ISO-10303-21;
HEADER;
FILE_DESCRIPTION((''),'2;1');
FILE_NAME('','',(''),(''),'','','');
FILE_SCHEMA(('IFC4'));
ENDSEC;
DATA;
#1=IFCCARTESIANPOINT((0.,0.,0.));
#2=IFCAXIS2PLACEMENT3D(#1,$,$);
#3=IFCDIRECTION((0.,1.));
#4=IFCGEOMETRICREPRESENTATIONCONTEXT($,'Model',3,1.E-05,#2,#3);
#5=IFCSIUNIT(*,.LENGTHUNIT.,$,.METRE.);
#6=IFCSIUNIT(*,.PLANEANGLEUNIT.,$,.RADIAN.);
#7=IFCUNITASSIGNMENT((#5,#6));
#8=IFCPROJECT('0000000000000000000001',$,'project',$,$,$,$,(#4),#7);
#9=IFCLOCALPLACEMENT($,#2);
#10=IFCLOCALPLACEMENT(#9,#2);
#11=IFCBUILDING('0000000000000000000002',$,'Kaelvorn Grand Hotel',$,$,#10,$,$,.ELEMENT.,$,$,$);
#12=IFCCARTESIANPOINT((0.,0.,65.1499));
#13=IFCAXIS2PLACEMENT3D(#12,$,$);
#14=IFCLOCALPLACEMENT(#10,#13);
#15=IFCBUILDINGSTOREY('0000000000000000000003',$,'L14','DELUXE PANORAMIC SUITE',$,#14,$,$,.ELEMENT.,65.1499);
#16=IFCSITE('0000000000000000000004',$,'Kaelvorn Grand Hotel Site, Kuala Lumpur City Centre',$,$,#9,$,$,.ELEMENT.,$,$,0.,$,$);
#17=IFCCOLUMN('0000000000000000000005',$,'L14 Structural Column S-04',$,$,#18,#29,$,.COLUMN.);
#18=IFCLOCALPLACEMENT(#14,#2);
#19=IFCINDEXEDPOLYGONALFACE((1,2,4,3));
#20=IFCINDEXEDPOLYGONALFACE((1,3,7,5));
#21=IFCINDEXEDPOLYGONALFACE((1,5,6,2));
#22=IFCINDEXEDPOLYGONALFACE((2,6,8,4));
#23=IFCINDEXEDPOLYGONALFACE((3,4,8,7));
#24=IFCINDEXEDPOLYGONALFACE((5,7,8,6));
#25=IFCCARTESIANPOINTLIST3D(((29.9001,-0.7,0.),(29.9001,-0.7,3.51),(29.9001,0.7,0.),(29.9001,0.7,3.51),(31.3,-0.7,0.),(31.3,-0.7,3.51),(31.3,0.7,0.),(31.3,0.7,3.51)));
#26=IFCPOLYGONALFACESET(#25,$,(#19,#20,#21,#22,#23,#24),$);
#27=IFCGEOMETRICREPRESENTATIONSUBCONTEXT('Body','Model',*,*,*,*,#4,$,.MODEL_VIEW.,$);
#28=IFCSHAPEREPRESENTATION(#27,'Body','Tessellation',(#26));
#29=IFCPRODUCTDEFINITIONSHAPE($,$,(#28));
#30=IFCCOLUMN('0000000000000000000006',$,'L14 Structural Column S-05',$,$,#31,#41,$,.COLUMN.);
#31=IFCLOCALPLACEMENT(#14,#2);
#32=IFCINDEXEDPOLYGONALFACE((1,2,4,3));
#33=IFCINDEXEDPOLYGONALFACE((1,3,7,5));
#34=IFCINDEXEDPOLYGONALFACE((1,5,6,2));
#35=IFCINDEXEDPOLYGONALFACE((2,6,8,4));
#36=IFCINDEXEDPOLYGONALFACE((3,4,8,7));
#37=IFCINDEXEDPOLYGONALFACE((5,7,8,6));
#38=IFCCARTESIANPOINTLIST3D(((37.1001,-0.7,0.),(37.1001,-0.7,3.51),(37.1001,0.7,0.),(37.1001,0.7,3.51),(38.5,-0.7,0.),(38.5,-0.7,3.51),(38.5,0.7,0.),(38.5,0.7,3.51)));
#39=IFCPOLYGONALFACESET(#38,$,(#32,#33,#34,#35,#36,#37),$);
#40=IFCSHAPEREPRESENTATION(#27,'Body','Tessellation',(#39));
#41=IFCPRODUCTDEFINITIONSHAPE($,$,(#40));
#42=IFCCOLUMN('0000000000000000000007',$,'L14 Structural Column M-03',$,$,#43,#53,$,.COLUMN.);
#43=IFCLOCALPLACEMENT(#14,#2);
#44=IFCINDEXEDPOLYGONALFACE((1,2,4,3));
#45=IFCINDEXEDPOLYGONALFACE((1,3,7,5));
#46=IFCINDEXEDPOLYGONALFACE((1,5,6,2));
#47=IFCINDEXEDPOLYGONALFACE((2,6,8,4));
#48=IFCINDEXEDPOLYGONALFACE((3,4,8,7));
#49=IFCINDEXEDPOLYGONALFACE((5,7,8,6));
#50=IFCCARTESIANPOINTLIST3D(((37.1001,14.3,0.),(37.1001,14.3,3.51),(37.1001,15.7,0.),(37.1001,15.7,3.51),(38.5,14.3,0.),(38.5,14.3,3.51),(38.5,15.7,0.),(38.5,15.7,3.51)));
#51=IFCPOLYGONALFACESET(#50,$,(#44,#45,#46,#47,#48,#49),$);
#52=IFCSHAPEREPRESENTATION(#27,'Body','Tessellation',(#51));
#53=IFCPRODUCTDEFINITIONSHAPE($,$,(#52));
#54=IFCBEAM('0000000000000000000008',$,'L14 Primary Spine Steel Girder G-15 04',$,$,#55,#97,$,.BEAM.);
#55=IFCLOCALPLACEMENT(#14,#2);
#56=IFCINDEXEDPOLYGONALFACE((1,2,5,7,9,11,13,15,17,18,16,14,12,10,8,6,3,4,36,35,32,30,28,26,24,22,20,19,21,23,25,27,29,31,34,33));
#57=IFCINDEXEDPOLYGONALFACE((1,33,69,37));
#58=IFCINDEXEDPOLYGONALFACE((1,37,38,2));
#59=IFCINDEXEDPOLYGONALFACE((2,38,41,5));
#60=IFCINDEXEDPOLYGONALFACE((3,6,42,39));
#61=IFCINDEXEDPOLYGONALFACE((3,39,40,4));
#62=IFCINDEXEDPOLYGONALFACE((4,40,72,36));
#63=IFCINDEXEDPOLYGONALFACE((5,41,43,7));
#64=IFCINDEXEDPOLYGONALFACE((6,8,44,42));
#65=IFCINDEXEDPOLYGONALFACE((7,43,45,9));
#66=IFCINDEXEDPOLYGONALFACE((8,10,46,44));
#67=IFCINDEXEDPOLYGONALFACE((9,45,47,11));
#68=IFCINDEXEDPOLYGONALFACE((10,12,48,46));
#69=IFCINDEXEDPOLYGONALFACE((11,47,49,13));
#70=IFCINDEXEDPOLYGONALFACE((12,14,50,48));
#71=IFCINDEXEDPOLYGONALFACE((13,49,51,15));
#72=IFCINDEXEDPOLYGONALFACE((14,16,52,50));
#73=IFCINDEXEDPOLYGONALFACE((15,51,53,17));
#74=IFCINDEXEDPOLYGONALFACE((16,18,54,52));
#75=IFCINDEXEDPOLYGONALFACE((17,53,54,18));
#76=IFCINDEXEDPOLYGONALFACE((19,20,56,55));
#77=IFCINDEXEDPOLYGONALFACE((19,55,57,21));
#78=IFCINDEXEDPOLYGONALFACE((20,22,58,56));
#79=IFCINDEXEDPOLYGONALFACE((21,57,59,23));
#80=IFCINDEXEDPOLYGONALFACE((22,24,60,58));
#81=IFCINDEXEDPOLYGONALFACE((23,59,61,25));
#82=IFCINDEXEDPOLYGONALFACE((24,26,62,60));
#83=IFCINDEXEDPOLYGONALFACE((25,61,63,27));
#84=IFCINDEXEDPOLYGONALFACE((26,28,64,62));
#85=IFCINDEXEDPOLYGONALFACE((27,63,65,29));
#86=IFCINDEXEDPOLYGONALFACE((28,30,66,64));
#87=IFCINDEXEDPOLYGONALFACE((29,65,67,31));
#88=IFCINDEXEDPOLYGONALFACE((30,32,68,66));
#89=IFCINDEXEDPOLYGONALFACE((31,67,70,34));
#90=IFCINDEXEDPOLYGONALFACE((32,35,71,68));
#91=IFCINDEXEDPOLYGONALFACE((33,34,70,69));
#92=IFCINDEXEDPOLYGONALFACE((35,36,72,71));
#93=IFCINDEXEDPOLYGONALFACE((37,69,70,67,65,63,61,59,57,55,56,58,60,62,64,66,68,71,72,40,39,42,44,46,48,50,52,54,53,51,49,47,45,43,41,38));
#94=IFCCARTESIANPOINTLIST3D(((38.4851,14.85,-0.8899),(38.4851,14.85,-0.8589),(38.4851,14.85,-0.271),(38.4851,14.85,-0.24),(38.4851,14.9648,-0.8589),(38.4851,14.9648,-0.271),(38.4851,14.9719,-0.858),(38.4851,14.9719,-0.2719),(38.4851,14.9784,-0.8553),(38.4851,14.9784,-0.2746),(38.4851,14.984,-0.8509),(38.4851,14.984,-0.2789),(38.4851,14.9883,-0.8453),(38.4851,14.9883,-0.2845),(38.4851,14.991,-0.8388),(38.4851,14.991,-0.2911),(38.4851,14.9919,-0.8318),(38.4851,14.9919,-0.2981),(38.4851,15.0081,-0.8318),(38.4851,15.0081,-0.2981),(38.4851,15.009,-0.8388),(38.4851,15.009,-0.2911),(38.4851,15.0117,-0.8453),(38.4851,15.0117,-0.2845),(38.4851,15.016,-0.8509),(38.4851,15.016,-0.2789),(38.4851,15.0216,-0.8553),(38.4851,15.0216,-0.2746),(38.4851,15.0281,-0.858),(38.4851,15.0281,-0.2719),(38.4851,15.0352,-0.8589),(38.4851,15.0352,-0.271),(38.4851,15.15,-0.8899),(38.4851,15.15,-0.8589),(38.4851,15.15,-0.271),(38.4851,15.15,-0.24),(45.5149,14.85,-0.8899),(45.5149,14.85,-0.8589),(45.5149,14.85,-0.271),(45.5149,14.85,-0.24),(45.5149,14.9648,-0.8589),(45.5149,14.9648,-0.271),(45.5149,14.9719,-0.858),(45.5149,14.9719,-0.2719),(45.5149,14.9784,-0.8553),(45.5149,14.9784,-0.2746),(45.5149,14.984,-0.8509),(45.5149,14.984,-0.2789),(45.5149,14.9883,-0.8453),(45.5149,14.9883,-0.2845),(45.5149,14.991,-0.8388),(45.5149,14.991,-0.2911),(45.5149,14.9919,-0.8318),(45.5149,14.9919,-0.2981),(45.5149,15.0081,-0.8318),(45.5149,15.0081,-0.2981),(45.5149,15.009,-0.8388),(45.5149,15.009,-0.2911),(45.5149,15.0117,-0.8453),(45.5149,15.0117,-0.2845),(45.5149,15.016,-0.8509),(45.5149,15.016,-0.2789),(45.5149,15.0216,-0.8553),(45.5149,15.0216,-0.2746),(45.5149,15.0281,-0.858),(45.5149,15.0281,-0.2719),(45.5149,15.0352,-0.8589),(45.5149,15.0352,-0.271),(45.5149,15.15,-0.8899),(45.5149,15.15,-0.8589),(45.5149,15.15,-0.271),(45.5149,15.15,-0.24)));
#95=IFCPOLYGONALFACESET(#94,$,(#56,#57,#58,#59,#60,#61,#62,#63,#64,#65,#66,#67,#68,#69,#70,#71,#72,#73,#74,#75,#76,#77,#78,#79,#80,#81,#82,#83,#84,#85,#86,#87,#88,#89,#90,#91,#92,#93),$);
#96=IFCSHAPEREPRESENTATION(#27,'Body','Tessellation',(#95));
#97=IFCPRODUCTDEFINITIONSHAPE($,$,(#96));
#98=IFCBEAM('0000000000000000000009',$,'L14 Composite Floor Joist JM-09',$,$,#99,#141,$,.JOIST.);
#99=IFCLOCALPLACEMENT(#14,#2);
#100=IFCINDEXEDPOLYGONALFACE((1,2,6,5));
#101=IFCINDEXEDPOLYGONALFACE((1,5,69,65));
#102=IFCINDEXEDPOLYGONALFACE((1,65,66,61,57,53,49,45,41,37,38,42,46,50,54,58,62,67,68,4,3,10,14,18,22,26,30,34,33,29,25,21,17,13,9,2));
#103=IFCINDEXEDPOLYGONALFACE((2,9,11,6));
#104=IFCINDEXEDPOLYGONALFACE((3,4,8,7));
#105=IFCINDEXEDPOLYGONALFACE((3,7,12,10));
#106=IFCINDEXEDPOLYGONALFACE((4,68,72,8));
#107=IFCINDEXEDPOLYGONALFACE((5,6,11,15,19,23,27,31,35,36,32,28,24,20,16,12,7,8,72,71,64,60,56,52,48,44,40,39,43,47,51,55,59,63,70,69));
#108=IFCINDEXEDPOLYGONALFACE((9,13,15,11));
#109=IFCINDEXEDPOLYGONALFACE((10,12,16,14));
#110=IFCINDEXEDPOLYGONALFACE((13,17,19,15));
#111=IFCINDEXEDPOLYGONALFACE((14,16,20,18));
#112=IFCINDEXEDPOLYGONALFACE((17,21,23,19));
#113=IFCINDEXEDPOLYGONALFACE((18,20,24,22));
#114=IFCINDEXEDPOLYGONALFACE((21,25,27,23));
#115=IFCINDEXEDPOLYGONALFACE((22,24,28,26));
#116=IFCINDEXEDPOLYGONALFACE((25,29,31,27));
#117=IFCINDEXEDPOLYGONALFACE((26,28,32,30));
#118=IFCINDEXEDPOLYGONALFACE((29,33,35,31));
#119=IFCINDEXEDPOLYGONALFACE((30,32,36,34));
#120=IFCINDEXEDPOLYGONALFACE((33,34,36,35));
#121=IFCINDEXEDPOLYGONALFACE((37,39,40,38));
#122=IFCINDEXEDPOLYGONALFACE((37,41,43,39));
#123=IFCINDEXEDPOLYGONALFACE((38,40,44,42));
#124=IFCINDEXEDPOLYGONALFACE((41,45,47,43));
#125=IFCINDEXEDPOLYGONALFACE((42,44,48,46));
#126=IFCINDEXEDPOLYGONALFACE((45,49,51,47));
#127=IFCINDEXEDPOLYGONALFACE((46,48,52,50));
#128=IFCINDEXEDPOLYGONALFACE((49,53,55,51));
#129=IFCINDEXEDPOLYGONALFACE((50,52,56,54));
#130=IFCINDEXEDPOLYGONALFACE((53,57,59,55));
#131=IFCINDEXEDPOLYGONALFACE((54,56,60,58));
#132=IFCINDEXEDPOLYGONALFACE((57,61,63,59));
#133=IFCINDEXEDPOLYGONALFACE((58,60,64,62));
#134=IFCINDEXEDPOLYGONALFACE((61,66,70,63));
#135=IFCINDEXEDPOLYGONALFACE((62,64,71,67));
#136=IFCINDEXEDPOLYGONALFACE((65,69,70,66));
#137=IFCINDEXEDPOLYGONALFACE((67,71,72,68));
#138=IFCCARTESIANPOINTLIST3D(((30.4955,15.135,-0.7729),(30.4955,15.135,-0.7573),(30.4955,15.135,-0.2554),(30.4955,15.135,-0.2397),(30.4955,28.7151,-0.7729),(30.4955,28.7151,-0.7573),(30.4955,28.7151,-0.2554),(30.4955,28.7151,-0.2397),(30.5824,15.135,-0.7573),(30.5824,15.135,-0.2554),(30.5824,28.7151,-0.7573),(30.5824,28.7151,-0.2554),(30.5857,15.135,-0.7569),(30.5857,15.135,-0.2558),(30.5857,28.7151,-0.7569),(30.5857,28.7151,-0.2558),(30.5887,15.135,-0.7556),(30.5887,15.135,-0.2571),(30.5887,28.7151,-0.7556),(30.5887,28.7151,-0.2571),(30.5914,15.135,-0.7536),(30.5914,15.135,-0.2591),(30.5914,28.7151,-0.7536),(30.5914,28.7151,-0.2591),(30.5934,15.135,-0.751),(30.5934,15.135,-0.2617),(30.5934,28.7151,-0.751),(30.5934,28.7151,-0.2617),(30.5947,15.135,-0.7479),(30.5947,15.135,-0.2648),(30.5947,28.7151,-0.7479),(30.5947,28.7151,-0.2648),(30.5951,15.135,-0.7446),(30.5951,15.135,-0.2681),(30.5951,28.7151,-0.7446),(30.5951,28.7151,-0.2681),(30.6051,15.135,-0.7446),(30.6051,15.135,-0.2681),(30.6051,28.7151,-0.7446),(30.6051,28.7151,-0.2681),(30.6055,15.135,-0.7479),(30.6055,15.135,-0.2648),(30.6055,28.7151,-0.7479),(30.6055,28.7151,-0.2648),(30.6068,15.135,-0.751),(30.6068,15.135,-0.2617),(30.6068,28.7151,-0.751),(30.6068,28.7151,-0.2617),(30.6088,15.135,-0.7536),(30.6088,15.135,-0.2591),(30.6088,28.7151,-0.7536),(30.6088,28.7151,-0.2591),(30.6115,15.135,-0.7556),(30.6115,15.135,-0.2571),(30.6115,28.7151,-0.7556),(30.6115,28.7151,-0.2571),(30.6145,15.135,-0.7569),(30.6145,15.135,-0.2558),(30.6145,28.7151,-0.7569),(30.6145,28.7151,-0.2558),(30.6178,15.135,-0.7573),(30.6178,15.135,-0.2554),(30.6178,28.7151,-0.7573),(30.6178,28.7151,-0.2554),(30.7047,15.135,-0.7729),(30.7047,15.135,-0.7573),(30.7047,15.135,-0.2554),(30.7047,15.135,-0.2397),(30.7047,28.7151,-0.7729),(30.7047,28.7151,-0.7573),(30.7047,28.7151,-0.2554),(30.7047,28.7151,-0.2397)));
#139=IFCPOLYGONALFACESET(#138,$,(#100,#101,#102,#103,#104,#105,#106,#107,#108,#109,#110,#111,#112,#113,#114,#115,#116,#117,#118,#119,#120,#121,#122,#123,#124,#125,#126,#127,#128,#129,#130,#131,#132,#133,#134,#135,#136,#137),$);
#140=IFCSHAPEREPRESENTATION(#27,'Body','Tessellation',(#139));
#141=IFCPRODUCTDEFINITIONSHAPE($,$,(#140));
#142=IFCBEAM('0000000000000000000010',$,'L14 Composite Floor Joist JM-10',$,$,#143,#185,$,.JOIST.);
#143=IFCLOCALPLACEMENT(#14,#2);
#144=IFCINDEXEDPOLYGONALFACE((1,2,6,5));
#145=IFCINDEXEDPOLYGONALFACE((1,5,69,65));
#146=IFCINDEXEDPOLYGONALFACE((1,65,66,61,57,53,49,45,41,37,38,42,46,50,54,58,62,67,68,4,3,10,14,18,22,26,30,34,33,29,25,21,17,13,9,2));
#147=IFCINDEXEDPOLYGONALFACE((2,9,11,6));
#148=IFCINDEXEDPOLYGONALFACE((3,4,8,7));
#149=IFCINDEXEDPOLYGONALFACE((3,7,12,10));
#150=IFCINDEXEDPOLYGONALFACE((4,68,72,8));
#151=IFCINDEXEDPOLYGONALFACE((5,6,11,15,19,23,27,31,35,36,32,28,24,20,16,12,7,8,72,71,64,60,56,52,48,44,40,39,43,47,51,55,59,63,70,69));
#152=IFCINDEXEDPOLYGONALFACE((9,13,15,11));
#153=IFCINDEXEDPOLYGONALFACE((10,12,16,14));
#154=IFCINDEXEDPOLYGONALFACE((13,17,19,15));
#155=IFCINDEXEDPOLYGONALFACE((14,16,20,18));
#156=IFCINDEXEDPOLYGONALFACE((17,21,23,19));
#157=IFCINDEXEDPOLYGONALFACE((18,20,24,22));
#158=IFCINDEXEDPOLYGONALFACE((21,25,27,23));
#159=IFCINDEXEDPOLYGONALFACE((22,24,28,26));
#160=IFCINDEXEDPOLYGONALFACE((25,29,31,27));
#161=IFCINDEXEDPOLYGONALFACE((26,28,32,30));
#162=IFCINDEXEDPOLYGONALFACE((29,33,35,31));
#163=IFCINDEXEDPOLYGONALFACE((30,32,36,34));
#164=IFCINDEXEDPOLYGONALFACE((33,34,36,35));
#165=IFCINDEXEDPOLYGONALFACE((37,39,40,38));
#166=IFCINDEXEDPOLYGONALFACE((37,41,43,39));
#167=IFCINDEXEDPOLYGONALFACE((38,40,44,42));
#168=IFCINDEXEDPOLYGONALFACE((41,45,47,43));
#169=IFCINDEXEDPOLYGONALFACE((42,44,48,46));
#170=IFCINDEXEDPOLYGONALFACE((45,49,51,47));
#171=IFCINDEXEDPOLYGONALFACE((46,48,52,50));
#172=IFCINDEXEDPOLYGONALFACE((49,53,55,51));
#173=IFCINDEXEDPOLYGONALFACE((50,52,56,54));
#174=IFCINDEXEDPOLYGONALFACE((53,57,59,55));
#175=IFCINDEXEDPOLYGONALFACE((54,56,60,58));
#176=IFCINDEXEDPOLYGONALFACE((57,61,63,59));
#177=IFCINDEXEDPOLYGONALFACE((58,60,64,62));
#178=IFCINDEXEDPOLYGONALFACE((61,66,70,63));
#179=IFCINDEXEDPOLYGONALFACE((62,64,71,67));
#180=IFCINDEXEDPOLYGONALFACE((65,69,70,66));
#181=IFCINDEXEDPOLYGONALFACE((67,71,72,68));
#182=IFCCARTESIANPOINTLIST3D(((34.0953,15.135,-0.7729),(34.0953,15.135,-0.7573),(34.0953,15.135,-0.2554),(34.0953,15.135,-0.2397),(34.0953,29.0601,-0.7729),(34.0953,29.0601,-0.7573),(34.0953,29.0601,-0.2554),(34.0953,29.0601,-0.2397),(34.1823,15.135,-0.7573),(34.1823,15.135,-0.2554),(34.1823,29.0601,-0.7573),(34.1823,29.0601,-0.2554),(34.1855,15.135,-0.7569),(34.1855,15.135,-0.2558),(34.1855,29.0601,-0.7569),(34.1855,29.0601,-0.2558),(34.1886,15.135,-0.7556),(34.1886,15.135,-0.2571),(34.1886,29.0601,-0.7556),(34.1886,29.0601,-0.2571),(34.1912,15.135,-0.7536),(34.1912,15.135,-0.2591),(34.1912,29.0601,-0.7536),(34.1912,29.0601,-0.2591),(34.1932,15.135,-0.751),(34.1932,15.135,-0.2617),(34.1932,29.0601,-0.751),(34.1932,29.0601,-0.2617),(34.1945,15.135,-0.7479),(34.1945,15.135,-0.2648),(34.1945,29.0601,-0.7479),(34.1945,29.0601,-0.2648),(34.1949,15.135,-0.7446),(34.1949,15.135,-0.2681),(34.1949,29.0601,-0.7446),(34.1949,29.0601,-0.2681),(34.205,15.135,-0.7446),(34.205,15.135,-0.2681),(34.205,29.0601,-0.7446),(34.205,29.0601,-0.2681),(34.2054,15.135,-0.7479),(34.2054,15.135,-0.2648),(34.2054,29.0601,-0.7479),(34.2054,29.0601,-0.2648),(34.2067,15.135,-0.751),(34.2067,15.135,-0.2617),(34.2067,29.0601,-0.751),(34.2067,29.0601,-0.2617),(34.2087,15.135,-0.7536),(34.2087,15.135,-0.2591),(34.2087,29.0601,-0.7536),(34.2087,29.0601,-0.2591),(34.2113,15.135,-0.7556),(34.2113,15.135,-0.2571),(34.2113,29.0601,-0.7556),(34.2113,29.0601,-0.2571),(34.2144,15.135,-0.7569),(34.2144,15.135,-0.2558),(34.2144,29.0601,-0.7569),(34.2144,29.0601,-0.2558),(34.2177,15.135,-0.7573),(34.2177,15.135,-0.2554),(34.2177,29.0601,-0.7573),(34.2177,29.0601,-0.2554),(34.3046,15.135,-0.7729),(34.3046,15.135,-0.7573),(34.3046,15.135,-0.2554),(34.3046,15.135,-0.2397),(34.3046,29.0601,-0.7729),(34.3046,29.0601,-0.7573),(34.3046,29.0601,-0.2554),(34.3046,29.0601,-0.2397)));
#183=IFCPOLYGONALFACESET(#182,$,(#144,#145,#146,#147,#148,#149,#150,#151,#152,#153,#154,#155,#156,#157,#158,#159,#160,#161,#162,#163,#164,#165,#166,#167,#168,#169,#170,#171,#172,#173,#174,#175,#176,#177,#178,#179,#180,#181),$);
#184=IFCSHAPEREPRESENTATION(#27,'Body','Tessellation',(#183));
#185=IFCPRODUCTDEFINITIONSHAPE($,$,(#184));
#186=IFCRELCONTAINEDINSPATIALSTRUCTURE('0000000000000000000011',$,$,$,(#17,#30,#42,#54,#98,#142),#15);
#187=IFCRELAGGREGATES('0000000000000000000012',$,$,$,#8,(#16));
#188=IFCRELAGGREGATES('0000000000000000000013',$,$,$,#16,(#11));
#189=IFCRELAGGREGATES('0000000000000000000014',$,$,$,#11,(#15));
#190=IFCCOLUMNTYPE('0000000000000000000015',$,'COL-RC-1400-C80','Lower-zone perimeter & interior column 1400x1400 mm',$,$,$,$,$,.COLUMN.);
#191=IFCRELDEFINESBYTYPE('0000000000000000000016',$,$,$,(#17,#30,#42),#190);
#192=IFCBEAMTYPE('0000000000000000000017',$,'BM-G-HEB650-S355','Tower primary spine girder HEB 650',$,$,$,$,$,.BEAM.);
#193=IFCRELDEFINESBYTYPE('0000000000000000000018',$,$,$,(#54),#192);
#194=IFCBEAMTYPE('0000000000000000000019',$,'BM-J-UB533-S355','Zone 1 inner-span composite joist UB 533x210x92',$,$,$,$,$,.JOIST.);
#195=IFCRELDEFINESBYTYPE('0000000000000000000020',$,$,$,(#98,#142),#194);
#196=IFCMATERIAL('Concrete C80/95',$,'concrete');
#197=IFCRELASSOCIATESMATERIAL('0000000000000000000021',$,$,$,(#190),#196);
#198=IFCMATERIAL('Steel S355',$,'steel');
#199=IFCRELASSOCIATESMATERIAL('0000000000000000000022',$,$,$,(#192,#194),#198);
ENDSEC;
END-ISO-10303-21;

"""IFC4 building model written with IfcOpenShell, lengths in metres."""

from ifc_helpers import new_model, si_unit, direction, frame, origin, origin_2d, place, context, subcontext, project, spatial, rectangle, i_section, extrude, material, material_profile, profile_set, type_object, element, save


model = new_model("IFC4")

# Units and contexts
model_context = context("Model", 3, precision=1e-05, world=origin(), true_north=direction((0.0, 1.0)))
body_context = subcontext(model_context, "Body", "Model", "MODEL_VIEW")
ifc_project = project(units=[si_unit("LENGTHUNIT", "METRE"), si_unit("PLANEANGLEUNIT", "RADIAN")], contexts=[model_context])

# Site, building, storey
site_placement = place(None, origin())
site = spatial("IfcSite", under=ifc_project, at=site_placement, Name="Kaelvorn Grand Hotel Site, Kuala Lumpur City Centre", CompositionType="ELEMENT", RefElevation=0.0)
building_placement = place(site_placement, origin())
building = spatial("IfcBuilding", under=site, at=building_placement, Name="Kaelvorn Grand Hotel", CompositionType="ELEMENT")
storey_placement = place(building_placement, frame((0.0, 0.0, 65.1499)))
storey = spatial("IfcBuildingStorey", under=building, at=storey_placement, Name="L14", Description="DELUXE PANORAMIC SUITE", CompositionType="ELEMENT", Elevation=65.1499)

# Columns
ifc_material_1 = material(Name="Concrete C80/95", Category="concrete")
ifc_material_profile_1 = material_profile(ifc_material_1, rectangle(XDim=1.3999, YDim=1.3999, at=origin_2d()), Name="RC COL 1400x1400")
ifc_profile_set_1 = profile_set([ifc_material_profile_1], Name="Concrete C80/95")
column_type = type_object("IfcColumnType", Name="COL-RC-1400-C80", Description="Lower-zone perimeter & interior column 1400x1400 mm", PredefinedType="COLUMN", material=ifc_profile_set_1)
for number, where, z_axis, x_axis, name in (
    (1, (30.6001, 0.0, 0.0), (0.0, 0.0, 1.0), (1.0, 0.0, 0.0), "L14 Structural Column S-04"),
    (2, (37.8, 0.0, 0.0), (0.0, 0.0, 1.0), (1.0, 0.0, 0.0), "L14 Structural Column S-05"),
    (3, (37.8, 15.0, 0.0), (0.0, 0.0, 1.0), (1.0, 0.0, 0.0), "L14 Structural Column M-03"),
):
    element("IfcColumn", number, at=place(storey_placement, frame(where, z_axis=z_axis, x_axis=x_axis)), inside=storey, type_object=column_type, Name=name, PredefinedType="COLUMN", context=body_context, shape_type="SweptSolid", body=[
        extrude(rectangle(XDim=1.3999, YDim=1.3999, at=origin_2d()), origin(), (0.0, 0.0, 1.0), 3.51),
    ])

# Beams
ifc_material_2 = material(Name="Steel S355", Category="steel")
ifc_material_profile_2 = material_profile(ifc_material_2, i_section(OverallWidth=0.3, OverallDepth=0.6499, WebThickness=0.0161, FlangeThickness=0.031, FilletRadius=0.0271, at=origin_2d()), Name="HEB 650")
ifc_profile_set_2 = profile_set([ifc_material_profile_2], Name="Steel S355")
beam_type_1 = type_object("IfcBeamType", Name="BM-G-HEB650-S355", Description="Tower primary spine girder HEB 650", PredefinedType="BEAM", material=ifc_profile_set_2)
beam_1_placement = place(storey_placement, frame((38.4851, 15.0, -0.5649), z_axis=(1.0, 0.0, 0.0), x_axis=(0.0, 1.0, 0.0)))
element("IfcBeam", 4, at=beam_1_placement, inside=storey, type_object=beam_type_1, Name="L14 Primary Spine Steel Girder G-15 04", PredefinedType="BEAM", context=body_context, shape_type="SweptSolid", body=[
    extrude(i_section(OverallWidth=0.3, OverallDepth=0.6499, WebThickness=0.0161, FlangeThickness=0.031, FilletRadius=0.0271, at=origin_2d()), origin(), (0.0, 0.0, 1.0), 7.0298),
])
ifc_material_profile_3 = material_profile(ifc_material_2, i_section(OverallWidth=0.2092, OverallDepth=0.5332, WebThickness=0.01, FlangeThickness=0.0156, FilletRadius=0.0127, at=origin_2d()), Name="UB 533x210x92")
ifc_profile_set_3 = profile_set([ifc_material_profile_3], Name="Steel S355")
beam_type_2 = type_object("IfcBeamType", Name="BM-J-UB533-S355", Description="Zone 1 inner-span composite joist UB 533x210x92", PredefinedType="JOIST", material=ifc_profile_set_3)
beam_2_placement = place(storey_placement, frame((30.6001, 15.135, -0.5063), z_axis=(0.0, 1.0, 0.0), x_axis=(-1.0, 0.0, 0.0)))
element("IfcBeam", 5, at=beam_2_placement, inside=storey, type_object=beam_type_2, Name="L14 Composite Floor Joist JM-09", PredefinedType="JOIST", context=body_context, shape_type="SweptSolid", body=[
    extrude(i_section(OverallWidth=0.2092, OverallDepth=0.5332, WebThickness=0.01, FlangeThickness=0.0156, FilletRadius=0.0127, at=origin_2d()), origin(), (0.0, 0.0, 1.0), 13.5801),
])
beam_3_placement = place(storey_placement, frame((34.2, 15.135, -0.5063), z_axis=(0.0, 1.0, 0.0), x_axis=(-1.0, 0.0, 0.0)))
element("IfcBeam", 6, at=beam_3_placement, inside=storey, type_object=beam_type_2, Name="L14 Composite Floor Joist JM-10", PredefinedType="JOIST", context=body_context, shape_type="SweptSolid", body=[
    extrude(i_section(OverallWidth=0.2092, OverallDepth=0.5332, WebThickness=0.01, FlangeThickness=0.0156, FilletRadius=0.0127, at=origin_2d()), origin(), (0.0, 0.0, 1.0), 13.925),
])

save(model, "model.ifc")
